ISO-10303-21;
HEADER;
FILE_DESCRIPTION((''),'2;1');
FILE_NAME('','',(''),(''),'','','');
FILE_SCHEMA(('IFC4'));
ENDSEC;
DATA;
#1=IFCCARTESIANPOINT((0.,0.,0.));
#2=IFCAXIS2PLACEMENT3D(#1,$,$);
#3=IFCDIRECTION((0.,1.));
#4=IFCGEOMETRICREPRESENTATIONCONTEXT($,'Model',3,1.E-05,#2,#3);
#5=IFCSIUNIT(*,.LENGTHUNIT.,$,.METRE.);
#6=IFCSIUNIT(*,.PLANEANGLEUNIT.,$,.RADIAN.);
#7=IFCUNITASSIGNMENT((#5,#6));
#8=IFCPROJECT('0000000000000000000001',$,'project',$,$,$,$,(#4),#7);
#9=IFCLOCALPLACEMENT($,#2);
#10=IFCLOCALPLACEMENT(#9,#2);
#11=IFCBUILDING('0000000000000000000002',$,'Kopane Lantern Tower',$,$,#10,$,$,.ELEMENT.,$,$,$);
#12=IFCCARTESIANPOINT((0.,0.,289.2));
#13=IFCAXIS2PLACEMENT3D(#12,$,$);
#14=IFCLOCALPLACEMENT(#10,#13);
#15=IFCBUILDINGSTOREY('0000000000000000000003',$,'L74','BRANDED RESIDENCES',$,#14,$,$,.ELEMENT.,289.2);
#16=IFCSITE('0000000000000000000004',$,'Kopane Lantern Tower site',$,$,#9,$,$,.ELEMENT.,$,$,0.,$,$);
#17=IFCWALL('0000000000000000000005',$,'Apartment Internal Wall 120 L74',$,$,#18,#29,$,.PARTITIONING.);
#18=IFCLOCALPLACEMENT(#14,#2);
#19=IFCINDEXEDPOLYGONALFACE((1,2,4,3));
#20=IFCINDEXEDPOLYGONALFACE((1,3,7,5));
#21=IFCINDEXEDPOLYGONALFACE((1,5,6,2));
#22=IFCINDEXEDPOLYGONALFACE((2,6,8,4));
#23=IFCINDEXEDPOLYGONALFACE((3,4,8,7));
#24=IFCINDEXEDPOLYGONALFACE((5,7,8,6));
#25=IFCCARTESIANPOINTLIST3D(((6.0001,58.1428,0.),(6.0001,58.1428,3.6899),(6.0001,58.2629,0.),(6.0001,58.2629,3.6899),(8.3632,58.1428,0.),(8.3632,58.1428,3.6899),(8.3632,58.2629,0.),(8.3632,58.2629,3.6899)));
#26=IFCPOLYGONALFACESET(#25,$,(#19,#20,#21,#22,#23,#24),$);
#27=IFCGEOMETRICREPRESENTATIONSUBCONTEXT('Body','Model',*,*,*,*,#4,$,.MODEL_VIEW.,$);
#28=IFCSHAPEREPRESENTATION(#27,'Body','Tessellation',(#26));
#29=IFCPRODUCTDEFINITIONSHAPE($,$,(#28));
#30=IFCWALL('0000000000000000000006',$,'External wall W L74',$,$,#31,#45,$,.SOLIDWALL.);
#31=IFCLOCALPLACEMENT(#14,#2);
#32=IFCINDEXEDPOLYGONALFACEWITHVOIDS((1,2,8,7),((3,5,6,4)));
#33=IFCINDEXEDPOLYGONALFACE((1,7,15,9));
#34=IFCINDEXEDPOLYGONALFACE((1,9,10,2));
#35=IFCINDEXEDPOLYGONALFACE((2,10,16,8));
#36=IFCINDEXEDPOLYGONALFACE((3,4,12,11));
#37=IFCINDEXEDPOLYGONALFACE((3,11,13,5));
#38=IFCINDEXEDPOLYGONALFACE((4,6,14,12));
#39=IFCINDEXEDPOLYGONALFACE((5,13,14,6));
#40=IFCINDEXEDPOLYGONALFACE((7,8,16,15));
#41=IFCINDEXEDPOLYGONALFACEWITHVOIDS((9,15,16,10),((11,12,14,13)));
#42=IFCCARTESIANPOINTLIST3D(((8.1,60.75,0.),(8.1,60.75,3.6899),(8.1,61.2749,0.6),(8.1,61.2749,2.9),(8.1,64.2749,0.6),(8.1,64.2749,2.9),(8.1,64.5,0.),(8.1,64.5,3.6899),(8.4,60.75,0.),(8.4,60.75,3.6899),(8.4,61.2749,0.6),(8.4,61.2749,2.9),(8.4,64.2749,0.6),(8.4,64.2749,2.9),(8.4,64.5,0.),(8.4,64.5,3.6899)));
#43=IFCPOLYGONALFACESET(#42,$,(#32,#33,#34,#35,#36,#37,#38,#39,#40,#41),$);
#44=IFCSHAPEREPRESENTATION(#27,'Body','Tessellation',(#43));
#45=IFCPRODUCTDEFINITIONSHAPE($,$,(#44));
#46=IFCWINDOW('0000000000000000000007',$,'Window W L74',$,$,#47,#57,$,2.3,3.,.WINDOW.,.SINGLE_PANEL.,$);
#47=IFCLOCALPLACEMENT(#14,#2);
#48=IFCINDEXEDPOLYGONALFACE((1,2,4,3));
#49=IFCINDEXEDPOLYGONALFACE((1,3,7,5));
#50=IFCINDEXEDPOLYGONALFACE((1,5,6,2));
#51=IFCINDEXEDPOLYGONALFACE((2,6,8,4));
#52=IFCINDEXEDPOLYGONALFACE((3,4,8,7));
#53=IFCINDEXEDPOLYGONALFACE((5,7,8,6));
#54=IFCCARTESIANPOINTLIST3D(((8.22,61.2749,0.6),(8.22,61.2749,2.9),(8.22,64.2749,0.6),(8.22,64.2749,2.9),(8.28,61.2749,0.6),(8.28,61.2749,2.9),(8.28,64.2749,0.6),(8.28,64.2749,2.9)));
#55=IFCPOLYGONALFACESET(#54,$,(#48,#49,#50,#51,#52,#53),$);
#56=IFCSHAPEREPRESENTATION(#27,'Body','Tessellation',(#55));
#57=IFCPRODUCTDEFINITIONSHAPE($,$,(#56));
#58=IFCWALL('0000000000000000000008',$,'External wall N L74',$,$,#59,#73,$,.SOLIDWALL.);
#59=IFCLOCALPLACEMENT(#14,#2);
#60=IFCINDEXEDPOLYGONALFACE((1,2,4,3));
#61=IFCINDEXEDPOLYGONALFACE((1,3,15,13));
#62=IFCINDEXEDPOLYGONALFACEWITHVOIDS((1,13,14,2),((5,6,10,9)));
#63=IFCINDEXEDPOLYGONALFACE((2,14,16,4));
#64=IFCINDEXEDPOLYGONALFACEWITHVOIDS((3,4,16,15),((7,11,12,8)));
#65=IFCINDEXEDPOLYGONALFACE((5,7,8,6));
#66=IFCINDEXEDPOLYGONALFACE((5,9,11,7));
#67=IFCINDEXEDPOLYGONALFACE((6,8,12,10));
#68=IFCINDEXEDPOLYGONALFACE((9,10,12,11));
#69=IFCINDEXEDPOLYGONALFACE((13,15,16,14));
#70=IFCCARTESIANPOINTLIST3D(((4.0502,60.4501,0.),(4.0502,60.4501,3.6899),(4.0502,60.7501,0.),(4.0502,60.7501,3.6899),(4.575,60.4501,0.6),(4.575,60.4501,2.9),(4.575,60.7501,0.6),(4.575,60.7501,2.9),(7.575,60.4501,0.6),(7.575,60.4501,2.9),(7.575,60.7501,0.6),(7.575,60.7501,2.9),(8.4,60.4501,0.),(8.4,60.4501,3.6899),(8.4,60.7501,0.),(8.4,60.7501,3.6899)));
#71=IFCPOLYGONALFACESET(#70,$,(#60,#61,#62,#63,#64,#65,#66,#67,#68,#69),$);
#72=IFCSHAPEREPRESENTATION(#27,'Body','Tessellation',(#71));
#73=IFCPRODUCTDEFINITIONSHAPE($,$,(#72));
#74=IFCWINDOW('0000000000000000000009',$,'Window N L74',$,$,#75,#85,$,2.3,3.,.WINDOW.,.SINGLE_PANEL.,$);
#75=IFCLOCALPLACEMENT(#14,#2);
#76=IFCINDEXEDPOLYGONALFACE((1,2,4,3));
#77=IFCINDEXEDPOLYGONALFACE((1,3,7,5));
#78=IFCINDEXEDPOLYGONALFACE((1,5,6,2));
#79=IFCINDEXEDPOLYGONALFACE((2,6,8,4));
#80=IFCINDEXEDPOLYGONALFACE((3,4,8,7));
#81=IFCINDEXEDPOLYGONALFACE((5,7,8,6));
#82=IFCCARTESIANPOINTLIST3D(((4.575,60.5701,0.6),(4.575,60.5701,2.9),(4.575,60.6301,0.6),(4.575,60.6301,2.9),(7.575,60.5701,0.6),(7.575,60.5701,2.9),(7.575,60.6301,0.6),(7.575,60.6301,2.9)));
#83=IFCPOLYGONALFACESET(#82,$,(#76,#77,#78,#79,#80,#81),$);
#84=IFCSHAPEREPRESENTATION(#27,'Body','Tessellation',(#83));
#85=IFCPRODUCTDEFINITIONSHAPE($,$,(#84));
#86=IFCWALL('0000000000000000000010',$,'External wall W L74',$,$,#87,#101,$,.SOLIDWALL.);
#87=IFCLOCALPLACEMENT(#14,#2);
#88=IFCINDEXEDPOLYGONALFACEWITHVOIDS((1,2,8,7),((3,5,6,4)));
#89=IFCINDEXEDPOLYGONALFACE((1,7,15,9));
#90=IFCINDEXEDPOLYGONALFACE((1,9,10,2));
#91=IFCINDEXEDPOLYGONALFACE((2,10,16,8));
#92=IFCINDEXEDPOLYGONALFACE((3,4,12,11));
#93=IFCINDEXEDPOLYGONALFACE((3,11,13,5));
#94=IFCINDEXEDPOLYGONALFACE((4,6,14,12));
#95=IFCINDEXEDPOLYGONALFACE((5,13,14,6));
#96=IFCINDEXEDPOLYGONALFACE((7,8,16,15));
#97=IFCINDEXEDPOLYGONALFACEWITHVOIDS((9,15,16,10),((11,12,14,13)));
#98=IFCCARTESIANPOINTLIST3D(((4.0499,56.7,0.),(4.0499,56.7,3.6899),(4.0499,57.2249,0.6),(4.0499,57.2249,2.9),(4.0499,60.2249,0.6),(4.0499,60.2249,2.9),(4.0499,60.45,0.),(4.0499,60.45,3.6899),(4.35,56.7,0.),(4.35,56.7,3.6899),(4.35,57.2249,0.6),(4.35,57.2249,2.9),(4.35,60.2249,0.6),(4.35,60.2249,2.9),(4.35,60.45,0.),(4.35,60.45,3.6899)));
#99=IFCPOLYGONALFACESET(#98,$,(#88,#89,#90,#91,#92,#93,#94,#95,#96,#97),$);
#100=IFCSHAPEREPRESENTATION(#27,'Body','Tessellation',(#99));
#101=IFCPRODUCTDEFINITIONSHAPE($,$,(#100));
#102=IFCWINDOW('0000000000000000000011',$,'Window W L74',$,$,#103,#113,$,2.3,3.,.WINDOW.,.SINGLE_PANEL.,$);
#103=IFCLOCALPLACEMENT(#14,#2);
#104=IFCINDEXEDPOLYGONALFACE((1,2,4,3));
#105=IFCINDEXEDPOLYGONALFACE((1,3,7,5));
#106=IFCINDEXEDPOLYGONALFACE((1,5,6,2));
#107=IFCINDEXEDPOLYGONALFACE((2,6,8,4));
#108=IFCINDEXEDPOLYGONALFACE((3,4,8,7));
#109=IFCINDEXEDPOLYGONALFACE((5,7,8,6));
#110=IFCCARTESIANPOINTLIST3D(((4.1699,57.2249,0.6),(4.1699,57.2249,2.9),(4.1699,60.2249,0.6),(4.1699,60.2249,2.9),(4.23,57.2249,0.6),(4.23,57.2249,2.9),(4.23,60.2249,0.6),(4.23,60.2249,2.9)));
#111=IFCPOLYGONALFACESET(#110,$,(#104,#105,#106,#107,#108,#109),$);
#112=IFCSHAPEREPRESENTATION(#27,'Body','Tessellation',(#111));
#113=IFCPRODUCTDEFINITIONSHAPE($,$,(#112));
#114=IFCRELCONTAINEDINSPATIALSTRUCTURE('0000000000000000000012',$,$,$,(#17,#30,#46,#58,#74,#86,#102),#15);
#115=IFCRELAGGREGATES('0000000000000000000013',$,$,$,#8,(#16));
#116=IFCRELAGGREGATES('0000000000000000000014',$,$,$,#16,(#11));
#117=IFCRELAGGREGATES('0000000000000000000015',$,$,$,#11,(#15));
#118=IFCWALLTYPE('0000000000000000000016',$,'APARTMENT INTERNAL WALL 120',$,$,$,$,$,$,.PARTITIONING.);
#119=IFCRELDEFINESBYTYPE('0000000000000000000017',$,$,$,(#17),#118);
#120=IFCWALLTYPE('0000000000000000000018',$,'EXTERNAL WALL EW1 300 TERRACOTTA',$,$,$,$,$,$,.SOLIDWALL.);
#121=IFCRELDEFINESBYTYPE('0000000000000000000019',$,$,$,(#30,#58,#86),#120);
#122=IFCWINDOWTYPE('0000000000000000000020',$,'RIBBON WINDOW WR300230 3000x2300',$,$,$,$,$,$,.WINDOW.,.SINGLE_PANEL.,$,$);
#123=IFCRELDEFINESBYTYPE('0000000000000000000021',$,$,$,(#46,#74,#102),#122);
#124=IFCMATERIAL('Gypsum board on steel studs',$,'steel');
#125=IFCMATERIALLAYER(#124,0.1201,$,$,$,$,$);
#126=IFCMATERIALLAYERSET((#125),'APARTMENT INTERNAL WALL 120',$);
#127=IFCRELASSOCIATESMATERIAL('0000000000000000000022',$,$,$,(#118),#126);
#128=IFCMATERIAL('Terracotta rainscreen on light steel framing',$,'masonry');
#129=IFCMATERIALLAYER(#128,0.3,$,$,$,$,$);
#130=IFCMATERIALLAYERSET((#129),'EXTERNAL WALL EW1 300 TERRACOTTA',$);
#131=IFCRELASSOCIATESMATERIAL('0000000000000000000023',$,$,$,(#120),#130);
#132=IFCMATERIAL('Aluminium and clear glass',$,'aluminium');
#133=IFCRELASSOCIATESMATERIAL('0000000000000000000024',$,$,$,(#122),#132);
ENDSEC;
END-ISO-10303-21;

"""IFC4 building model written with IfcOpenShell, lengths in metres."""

from ifc_helpers import new_model, si_unit, direction, frame, frame_2d, origin, place, context, subcontext, project, spatial, rectangle, extrude, material, layer, layer_set, type_object, element, fill, save


model = new_model("IFC4")

# Units and contexts
model_context = context("Model", 3, precision=1e-05, world=origin(), true_north=direction((0.0, 1.0)))
body_context = subcontext(model_context, "Body", "Model", "MODEL_VIEW")
ifc_project = project(units=[si_unit("LENGTHUNIT", "METRE"), si_unit("PLANEANGLEUNIT", "RADIAN")], contexts=[model_context])

# Site, building, storey
site_placement = place(None, origin())
site = spatial("IfcSite", under=ifc_project, at=site_placement, Name="Kopane Lantern Tower site", CompositionType="ELEMENT", RefElevation=0.0)
building_placement = place(site_placement, origin())
building = spatial("IfcBuilding", under=site, at=building_placement, Name="Kopane Lantern Tower", CompositionType="ELEMENT")
storey_placement = place(building_placement, frame((0.0, 0.0, 289.2)))
storey = spatial("IfcBuildingStorey", under=building, at=storey_placement, Name="L74", Description="BRANDED RESIDENCES", CompositionType="ELEMENT", Elevation=289.2)

# Wall
ifc_material_1 = material(Name="Gypsum board on steel studs", Category="steel")
ifc_layer_1 = layer(ifc_material_1, 0.1201)
ifc_layer_set_1 = layer_set([ifc_layer_1], Name="APARTMENT INTERNAL WALL 120")
wall_type_1 = type_object("IfcWallType", Name="APARTMENT INTERNAL WALL 120", PredefinedType="PARTITIONING", material=ifc_layer_set_1)
wall_1_placement = place(storey_placement, frame((6.0, 58.2029, 0.0), z_axis=(0.0, 0.0, 1.0), x_axis=(1.0, 0.0, 0.0)))
element("IfcWall", 1, at=wall_1_placement, inside=storey, type_object=wall_type_1, Name="Apartment Internal Wall 120 L74", PredefinedType="PARTITIONING", context=body_context, shape_type="SweptSolid", body=[
    extrude(rectangle(XDim=2.363, YDim=0.1201, at=frame_2d((1.1816, 0.0))), origin(), (0.0, 0.0, 1.0), 3.6899),
])

# Walls, openings, windows
ifc_material_2 = material(Name="Terracotta rainscreen on light steel framing", Category="masonry")
ifc_layer_2 = layer(ifc_material_2, 0.3)
ifc_layer_set_2 = layer_set([ifc_layer_2], Name="EXTERNAL WALL EW1 300 TERRACOTTA")
wall_type_2 = type_object("IfcWallType", Name="EXTERNAL WALL EW1 300 TERRACOTTA", PredefinedType="SOLIDWALL", material=ifc_layer_set_2)
wall_2_placement = place(storey_placement, frame((8.25, 64.5, 0.0), z_axis=(0.0, 0.0, 1.0), x_axis=(0.0, -1.0, 0.0)))
wall_2 = element("IfcWall", 2, at=wall_2_placement, inside=storey, type_object=wall_type_2, Name="External wall W L74", PredefinedType="SOLIDWALL", context=body_context, shape_type="SweptSolid", body=[
    extrude(rectangle(XDim=3.75, YDim=0.3, at=frame_2d((1.875, 0.0))), origin(), (0.0, 0.0, 1.0), 3.6899),
])
opening_1_placement = place(wall_2_placement, frame((0.2251, 0.0, 0.6001)))
opening_1 = element("IfcOpeningElement", 3, at=opening_1_placement, cuts=wall_2, PredefinedType="OPENING", context=body_context, shape_type="SweptSolid", body=[
    extrude(rectangle(XDim=3.0, YDim=2.3, at=frame_2d((1.5, 1.1499))), frame((0.0, 0.1599, 0.0), z_axis=(0.0, -1.0, 0.0), x_axis=(1.0, 0.0, 0.0)), (0.0, 0.0, 1.0), 0.3201),
])
ifc_material_3 = material(Name="Aluminium and clear glass", Category="aluminium")
window_type = type_object("IfcWindowType", Name="RIBBON WINDOW WR300230 3000x2300", PartitioningType="SINGLE_PANEL", PredefinedType="WINDOW", material=ifc_material_3)
window_1_placement = place(opening_1_placement, origin())
window_1 = element("IfcWindow", 4, at=window_1_placement, inside=storey, type_object=window_type, Name="Window W L74", OverallHeight=2.3, OverallWidth=3.0, PartitioningType="SINGLE_PANEL", PredefinedType="WINDOW", context=body_context, shape_type="SweptSolid", body=[
    extrude(rectangle(XDim=3.0, YDim=2.3, at=frame_2d((1.5, 1.1499))), frame((0.0, 0.03, 0.0), z_axis=(0.0, -1.0, 0.0), x_axis=(1.0, 0.0, 0.0)), (0.0, 0.0, 1.0), 0.0601),
])
fill(opening_1, window_1)
wall_3_placement = place(storey_placement, frame((8.3999, 60.6001, 0.0), z_axis=(0.0, 0.0, 1.0), x_axis=(-1.0, 0.0, 0.0)))
wall_3 = element("IfcWall", 5, at=wall_3_placement, inside=storey, type_object=wall_type_2, Name="External wall N L74", PredefinedType="SOLIDWALL", context=body_context, shape_type="SweptSolid", body=[
    extrude(rectangle(XDim=4.3499, YDim=0.3, at=frame_2d((2.1748, 0.0))), origin(), (0.0, 0.0, 1.0), 3.6899),
])
opening_2_placement = place(wall_3_placement, frame((0.825, 0.0, 0.6001)))
opening_2 = element("IfcOpeningElement", 6, at=opening_2_placement, cuts=wall_3, PredefinedType="OPENING", context=body_context, shape_type="SweptSolid", body=[
    extrude(rectangle(XDim=3.0, YDim=2.3, at=frame_2d((1.5, 1.1499))), frame((0.0, 0.1599, 0.0), z_axis=(0.0, -1.0, 0.0), x_axis=(1.0, 0.0, 0.0)), (0.0, 0.0, 1.0), 0.3201),
])
window_2_placement = place(opening_2_placement, origin())
window_2 = element("IfcWindow", 7, at=window_2_placement, inside=storey, type_object=window_type, Name="Window N L74", OverallHeight=2.3, OverallWidth=3.0, PartitioningType="SINGLE_PANEL", PredefinedType="WINDOW", context=body_context, shape_type="SweptSolid", body=[
    extrude(rectangle(XDim=3.0, YDim=2.3, at=frame_2d((1.5, 1.1499))), frame((0.0, 0.03, 0.0), z_axis=(0.0, -1.0, 0.0), x_axis=(1.0, 0.0, 0.0)), (0.0, 0.0, 1.0), 0.0601),
])
fill(opening_2, window_2)
wall_4_placement = place(storey_placement, frame((4.2, 60.45, 0.0), z_axis=(0.0, 0.0, 1.0), x_axis=(0.0, -1.0, 0.0)))
wall_4 = element("IfcWall", 8, at=wall_4_placement, inside=storey, type_object=wall_type_2, Name="External wall W L74", PredefinedType="SOLIDWALL", context=body_context, shape_type="SweptSolid", body=[
    extrude(rectangle(XDim=3.75, YDim=0.3, at=frame_2d((1.875, 0.0))), origin(), (0.0, 0.0, 1.0), 3.6899),
])
opening_3_placement = place(wall_4_placement, frame((0.2251, 0.0, 0.6001)))
opening_3 = element("IfcOpeningElement", 9, at=opening_3_placement, cuts=wall_4, PredefinedType="OPENING", context=body_context, shape_type="SweptSolid", body=[
    extrude(rectangle(XDim=3.0, YDim=2.3, at=frame_2d((1.5, 1.1499))), frame((0.0, 0.1599, 0.0), z_axis=(0.0, -1.0, 0.0), x_axis=(1.0, 0.0, 0.0)), (0.0, 0.0, 1.0), 0.3201),
])
window_3_placement = place(opening_3_placement, origin())
window_3 = element("IfcWindow", 10, at=window_3_placement, inside=storey, type_object=window_type, Name="Window W L74", OverallHeight=2.3, OverallWidth=3.0, PartitioningType="SINGLE_PANEL", PredefinedType="WINDOW", context=body_context, shape_type="SweptSolid", body=[
    extrude(rectangle(XDim=3.0, YDim=2.3, at=frame_2d((1.5, 1.1499))), frame((0.0, 0.03, 0.0), z_axis=(0.0, -1.0, 0.0), x_axis=(1.0, 0.0, 0.0)), (0.0, 0.0, 1.0), 0.0601),
])
fill(opening_3, window_3)

save(model, "model.ifc")
